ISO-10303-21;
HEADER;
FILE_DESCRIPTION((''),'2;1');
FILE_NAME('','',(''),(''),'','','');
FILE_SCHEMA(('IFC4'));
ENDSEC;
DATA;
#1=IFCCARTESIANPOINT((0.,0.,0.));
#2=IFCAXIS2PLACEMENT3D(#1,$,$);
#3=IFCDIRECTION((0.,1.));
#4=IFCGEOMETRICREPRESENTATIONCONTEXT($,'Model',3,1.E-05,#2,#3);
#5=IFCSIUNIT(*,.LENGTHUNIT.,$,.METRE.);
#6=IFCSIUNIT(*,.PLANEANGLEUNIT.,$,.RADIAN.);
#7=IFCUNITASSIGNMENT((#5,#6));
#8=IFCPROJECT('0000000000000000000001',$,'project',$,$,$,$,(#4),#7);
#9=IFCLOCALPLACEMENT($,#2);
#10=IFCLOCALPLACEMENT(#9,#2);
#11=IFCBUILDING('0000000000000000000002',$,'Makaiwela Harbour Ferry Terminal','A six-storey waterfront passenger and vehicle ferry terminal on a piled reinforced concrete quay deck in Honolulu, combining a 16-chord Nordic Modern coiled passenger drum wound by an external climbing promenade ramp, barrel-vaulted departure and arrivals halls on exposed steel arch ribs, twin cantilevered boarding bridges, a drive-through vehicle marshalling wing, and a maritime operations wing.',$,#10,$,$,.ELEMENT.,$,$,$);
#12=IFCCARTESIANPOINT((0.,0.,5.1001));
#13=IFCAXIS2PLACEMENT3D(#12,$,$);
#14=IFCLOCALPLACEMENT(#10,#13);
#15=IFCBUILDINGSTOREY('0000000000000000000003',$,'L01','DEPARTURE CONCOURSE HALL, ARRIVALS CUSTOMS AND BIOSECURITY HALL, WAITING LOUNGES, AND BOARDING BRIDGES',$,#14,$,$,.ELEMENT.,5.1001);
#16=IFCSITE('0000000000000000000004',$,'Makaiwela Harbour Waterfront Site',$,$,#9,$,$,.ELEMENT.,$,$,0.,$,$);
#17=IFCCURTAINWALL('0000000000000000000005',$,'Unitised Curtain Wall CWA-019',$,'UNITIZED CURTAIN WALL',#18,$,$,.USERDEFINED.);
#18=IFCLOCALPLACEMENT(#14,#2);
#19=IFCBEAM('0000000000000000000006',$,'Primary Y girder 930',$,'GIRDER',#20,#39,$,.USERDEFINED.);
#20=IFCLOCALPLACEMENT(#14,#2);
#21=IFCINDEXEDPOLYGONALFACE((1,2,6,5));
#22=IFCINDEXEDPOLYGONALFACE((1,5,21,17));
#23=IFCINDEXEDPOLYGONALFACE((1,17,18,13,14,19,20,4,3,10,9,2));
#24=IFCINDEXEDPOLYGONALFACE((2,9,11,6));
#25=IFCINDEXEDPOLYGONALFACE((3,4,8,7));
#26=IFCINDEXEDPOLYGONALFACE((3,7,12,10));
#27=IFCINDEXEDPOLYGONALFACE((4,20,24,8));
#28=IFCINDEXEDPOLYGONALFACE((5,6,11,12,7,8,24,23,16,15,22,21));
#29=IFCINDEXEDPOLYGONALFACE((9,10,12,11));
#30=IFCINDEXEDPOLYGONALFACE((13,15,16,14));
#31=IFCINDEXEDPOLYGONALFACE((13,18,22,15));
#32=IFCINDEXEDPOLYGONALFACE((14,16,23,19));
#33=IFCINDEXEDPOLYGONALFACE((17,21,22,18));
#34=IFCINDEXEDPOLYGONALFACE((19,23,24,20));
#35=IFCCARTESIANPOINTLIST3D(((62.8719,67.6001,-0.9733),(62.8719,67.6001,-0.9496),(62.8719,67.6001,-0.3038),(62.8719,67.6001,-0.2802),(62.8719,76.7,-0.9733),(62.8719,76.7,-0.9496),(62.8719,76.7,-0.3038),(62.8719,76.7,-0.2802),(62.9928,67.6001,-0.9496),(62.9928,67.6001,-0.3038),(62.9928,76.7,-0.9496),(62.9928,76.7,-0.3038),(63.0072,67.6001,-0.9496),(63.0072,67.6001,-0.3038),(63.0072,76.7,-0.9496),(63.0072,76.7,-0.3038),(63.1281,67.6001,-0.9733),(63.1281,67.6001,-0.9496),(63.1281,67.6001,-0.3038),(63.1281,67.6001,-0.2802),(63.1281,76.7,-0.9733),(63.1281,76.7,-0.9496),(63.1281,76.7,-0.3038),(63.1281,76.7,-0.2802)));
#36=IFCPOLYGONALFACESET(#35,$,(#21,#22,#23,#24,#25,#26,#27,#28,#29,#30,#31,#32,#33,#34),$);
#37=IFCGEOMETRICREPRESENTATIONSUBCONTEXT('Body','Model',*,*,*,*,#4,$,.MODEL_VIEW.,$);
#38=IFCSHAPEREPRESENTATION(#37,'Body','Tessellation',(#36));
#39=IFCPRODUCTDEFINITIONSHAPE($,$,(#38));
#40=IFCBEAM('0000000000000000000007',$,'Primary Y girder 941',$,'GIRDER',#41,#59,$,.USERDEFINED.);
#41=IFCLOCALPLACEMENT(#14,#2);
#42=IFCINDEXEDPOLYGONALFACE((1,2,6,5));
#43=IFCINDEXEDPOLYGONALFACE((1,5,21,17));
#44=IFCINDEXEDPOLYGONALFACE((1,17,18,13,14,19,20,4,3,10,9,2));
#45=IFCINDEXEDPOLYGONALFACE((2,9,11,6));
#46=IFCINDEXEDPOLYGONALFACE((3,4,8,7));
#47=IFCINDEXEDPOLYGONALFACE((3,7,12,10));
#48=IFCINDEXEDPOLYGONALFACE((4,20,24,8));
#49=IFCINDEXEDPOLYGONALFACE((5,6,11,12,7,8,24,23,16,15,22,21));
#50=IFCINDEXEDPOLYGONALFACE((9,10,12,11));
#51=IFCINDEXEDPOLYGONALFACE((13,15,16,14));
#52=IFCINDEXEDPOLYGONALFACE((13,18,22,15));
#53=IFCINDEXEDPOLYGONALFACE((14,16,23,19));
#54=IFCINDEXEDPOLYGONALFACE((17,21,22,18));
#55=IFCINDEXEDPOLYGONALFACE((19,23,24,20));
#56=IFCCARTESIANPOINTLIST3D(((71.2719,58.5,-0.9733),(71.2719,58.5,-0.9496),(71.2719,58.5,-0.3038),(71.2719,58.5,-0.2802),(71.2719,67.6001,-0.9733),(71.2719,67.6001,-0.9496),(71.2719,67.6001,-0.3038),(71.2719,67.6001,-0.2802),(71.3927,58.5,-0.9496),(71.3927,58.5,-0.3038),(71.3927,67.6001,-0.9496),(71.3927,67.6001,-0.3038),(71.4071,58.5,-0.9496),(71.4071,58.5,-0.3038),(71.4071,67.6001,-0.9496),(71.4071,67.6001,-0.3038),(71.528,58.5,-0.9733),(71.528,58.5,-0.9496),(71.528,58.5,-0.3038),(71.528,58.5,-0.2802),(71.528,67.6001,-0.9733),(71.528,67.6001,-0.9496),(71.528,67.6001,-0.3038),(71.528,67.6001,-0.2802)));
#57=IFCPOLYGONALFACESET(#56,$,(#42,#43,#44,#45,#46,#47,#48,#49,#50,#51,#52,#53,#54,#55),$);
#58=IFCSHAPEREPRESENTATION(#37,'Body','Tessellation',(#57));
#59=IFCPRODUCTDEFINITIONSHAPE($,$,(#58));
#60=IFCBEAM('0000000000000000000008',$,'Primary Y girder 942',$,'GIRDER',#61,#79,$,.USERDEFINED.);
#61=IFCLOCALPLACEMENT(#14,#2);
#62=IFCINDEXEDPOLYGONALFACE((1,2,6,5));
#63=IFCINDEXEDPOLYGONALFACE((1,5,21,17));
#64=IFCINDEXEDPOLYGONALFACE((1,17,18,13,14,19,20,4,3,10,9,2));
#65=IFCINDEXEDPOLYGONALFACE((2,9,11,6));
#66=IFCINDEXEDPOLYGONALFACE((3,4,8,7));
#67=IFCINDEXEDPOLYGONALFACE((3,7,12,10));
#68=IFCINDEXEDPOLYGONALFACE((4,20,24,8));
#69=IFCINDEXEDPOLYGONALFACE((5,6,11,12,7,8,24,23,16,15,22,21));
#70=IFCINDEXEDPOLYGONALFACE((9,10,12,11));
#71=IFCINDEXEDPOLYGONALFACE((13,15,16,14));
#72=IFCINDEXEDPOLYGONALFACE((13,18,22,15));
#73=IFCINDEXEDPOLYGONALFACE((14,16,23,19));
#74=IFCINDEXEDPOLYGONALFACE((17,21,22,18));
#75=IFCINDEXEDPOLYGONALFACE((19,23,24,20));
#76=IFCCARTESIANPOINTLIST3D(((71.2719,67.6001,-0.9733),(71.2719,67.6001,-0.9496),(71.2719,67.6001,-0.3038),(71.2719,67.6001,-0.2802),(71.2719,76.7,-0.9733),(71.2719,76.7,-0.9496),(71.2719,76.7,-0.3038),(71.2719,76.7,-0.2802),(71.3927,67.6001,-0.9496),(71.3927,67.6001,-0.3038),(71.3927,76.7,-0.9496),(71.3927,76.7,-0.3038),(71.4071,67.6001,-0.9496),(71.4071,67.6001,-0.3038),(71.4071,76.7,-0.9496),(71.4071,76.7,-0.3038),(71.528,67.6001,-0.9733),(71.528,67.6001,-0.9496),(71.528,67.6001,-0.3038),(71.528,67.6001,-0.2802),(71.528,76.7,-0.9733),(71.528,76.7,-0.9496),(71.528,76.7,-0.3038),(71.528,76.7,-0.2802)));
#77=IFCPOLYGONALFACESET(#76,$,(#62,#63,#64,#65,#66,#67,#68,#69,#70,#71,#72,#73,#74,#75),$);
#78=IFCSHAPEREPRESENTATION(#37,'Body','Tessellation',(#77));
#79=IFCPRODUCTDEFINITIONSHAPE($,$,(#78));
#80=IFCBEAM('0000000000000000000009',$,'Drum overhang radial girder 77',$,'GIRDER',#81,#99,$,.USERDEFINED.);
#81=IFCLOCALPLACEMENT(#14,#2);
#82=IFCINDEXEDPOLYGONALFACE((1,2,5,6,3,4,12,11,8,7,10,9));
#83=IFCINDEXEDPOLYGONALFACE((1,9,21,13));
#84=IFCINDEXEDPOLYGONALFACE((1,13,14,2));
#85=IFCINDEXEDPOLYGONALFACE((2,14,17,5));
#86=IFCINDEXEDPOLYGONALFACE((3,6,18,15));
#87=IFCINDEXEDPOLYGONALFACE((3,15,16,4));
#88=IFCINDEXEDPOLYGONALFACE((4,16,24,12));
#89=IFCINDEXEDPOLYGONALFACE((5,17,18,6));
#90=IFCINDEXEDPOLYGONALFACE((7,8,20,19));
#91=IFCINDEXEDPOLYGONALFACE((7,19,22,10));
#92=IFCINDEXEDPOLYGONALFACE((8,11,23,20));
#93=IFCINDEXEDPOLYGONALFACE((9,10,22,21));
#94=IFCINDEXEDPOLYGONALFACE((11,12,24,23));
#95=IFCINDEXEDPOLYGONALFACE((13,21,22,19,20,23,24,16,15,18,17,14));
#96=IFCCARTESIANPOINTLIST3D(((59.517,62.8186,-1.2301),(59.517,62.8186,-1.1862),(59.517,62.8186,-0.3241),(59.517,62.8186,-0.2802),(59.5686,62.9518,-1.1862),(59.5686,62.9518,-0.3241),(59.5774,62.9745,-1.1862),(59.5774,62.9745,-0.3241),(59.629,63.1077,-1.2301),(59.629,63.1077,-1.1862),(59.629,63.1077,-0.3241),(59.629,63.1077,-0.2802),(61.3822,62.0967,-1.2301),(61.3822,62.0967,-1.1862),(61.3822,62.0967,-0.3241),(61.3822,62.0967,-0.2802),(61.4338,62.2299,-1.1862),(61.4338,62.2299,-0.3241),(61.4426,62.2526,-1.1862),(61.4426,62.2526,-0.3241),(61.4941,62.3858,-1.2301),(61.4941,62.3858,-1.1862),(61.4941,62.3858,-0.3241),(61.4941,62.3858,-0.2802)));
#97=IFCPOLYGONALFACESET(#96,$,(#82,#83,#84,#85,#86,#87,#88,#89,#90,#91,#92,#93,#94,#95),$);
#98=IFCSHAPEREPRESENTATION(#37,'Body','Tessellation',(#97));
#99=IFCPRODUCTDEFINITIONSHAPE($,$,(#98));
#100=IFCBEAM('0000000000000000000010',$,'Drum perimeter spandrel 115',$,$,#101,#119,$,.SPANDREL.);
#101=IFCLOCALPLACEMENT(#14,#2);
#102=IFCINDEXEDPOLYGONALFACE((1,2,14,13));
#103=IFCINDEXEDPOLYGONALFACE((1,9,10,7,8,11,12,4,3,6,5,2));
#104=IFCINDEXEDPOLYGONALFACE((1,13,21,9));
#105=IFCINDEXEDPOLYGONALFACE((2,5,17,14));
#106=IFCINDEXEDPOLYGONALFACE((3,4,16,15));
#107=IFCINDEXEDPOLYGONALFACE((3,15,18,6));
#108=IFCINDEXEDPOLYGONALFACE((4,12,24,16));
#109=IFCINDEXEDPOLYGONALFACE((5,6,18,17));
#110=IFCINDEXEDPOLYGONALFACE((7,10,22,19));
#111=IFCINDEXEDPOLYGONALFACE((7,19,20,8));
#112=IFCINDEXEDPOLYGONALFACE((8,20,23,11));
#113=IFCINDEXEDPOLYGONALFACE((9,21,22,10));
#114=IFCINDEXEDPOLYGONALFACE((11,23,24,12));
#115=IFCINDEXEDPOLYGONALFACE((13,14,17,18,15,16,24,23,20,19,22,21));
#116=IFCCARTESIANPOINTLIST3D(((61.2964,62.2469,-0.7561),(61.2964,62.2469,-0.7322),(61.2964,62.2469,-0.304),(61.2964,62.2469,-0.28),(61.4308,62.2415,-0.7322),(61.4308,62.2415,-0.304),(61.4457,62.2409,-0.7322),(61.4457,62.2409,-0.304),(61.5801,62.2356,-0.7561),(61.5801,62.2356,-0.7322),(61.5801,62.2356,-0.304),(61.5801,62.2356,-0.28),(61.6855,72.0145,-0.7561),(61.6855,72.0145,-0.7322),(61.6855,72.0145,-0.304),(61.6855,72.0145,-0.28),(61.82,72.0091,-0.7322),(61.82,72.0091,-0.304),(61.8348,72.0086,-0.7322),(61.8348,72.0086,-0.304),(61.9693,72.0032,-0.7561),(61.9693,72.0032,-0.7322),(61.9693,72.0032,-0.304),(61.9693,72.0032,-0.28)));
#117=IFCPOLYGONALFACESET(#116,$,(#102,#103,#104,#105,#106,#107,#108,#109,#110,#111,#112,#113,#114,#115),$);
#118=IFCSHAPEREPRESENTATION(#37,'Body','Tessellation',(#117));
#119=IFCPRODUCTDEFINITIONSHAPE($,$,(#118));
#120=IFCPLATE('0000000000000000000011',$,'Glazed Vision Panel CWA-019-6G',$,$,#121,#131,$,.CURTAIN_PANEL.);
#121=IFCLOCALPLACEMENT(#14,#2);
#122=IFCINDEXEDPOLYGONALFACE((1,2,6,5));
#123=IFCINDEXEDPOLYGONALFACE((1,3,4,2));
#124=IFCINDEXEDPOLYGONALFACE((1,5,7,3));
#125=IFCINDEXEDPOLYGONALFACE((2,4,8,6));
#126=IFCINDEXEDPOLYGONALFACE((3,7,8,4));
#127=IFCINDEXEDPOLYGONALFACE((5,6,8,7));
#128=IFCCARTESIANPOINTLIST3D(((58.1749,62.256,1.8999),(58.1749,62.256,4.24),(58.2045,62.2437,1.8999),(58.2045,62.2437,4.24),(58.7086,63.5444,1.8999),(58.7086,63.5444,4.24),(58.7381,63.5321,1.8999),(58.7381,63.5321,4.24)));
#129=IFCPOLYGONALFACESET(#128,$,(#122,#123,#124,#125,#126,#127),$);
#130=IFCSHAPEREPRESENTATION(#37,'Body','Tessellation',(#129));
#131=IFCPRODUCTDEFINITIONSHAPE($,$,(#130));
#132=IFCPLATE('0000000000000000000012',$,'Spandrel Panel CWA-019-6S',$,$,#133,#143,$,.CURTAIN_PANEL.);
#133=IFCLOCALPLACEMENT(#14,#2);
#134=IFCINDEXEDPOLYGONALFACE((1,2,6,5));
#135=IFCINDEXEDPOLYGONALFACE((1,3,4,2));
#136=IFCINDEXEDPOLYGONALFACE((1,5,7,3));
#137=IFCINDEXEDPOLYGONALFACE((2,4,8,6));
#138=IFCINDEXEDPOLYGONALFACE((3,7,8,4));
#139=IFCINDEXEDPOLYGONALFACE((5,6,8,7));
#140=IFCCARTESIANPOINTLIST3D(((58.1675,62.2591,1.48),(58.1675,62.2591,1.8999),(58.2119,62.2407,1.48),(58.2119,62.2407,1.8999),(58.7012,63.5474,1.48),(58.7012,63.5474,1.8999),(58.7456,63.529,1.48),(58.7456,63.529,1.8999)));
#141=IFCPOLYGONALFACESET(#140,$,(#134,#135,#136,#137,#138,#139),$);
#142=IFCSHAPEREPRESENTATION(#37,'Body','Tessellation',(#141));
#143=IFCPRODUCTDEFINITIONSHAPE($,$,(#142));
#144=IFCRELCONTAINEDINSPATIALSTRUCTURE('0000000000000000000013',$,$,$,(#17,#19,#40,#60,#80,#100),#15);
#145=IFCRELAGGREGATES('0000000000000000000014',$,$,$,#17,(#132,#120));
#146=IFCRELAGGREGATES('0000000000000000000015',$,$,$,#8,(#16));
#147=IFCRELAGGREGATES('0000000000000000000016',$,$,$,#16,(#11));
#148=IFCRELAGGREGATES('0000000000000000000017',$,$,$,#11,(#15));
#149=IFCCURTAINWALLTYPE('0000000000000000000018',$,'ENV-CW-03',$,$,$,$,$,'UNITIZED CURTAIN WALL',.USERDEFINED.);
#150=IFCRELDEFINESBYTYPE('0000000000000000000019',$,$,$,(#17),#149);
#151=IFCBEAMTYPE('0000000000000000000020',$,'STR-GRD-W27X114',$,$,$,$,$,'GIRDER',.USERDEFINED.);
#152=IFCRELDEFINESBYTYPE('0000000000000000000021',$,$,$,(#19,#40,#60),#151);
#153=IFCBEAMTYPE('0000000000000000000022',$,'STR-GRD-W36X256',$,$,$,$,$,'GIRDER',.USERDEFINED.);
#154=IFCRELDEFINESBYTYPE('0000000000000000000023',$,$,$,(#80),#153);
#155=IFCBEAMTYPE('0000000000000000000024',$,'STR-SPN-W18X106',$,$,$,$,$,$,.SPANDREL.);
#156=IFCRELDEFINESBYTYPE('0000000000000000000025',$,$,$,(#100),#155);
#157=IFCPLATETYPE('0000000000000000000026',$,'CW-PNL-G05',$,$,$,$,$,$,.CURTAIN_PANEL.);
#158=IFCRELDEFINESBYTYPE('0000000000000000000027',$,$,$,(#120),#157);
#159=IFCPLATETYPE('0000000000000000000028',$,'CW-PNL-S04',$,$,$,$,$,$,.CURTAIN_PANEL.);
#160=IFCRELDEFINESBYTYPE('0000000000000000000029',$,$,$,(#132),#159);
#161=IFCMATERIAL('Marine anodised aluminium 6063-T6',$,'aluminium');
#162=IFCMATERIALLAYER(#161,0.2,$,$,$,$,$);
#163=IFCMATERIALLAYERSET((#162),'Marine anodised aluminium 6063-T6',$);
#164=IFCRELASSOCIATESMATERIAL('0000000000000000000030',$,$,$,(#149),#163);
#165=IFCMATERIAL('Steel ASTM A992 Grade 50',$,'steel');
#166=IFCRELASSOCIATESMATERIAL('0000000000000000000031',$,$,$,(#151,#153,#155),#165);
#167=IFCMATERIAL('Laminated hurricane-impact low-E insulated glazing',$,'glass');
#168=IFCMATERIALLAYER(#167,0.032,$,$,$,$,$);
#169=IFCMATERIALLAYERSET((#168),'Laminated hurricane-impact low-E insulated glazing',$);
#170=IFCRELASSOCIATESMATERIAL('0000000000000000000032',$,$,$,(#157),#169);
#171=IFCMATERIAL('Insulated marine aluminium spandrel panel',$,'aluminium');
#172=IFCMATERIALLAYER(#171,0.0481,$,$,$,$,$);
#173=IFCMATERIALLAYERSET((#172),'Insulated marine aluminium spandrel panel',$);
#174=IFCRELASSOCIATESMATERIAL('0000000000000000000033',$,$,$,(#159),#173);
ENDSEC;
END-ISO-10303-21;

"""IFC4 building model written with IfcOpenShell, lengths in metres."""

from ifc_helpers import new_model, si_unit, direction, frame, origin, origin_2d, place, context, subcontext, project, spatial, rectangle, i_section, extrude, material, layer, layer_set, material_profile, profile_set, type_object, element, aggregate, save


model = new_model("IFC4")

# Units and contexts
model_context = context("Model", 3, precision=1e-05, world=origin(), true_north=direction((0.0, 1.0)))
body_context = subcontext(model_context, "Body", "Model", "MODEL_VIEW")
ifc_project = project(units=[si_unit("LENGTHUNIT", "METRE"), si_unit("PLANEANGLEUNIT", "RADIAN")], contexts=[model_context])

# Site, building, storey
site_placement = place(None, origin())
site = spatial("IfcSite", under=ifc_project, at=site_placement, Name="Makaiwela Harbour Waterfront Site", CompositionType="ELEMENT", RefElevation=0.0)
building_placement = place(site_placement, origin())
building = spatial("IfcBuilding", under=site, at=building_placement, Name="Makaiwela Harbour Ferry Terminal", Description="A six-storey waterfront passenger and vehicle ferry terminal on a piled reinforced concrete quay deck in Honolulu, combining a 16-chord Nordic Modern coiled passenger drum wound by an external climbing promenade ramp, barrel-vaulted departure and arrivals halls on exposed steel arch ribs, twin cantilevered boarding bridges, a drive-through vehicle marshalling wing, and a maritime operations wing.", CompositionType="ELEMENT")
storey_placement = place(building_placement, frame((0.0, 0.0, 5.1001)))
storey = spatial("IfcBuildingStorey", under=building, at=storey_placement, Name="L01", Description="DEPARTURE CONCOURSE HALL, ARRIVALS CUSTOMS AND BIOSECURITY HALL, WAITING LOUNGES, AND BOARDING BRIDGES", CompositionType="ELEMENT", Elevation=5.1001)

# Shared definitions
ifc_material_1 = material(Name="Steel ASTM A992 Grade 50", Category="steel")

# Curtain wall
ifc_material_2 = material(Name="Marine anodised aluminium 6063-T6", Category="aluminium")
ifc_layer_1 = layer(ifc_material_2, 0.2)
ifc_layer_set_1 = layer_set([ifc_layer_1], Name="Marine anodised aluminium 6063-T6")
curtain_wall_type = type_object("IfcCurtainWallType", Name="ENV-CW-03", ElementType="UNITIZED CURTAIN WALL", PredefinedType="USERDEFINED", material=ifc_layer_set_1)
curtain_wall_placement = place(storey_placement, origin())
curtain_wall = element("IfcCurtainWall", 1, at=curtain_wall_placement, inside=storey, type_object=curtain_wall_type, Name="Unitised Curtain Wall CWA-019", ObjectType="UNITIZED CURTAIN WALL", PredefinedType="USERDEFINED")

# Beams
ifc_material_profile_1 = material_profile(ifc_material_1, i_section(OverallWidth=0.2561, OverallDepth=0.6931, WebThickness=0.0144, FlangeThickness=0.0237, at=origin_2d()), Name="W27X114")
ifc_profile_set_1 = profile_set([ifc_material_profile_1], Name="Steel ASTM A992 Grade 50")
beam_type_1 = type_object("IfcBeamType", Name="STR-GRD-W27X114", ElementType="GIRDER", PredefinedType="USERDEFINED", material=ifc_profile_set_1)
beam_1_placement = place(storey_placement, frame((63.0, 67.6001, -0.6267), z_axis=(0.0, 1.0, 0.0), x_axis=(-1.0, 0.0, 0.0)))
element("IfcBeam", 2, at=beam_1_placement, inside=storey, type_object=beam_type_1, Name="Primary Y girder 930", ObjectType="GIRDER", PredefinedType="USERDEFINED", context=body_context, shape_type="SweptSolid", body=[
    extrude(i_section(OverallWidth=0.2561, OverallDepth=0.6931, WebThickness=0.0144, FlangeThickness=0.0237, at=origin_2d()), origin(), (0.0, 0.0, 1.0), 9.0999),
])
beam_2_placement = place(storey_placement, frame((71.3999, 58.5, -0.6267), z_axis=(0.0, 1.0, 0.0), x_axis=(-1.0, 0.0, 0.0)))
element("IfcBeam", 3, at=beam_2_placement, inside=storey, type_object=beam_type_1, Name="Primary Y girder 941", ObjectType="GIRDER", PredefinedType="USERDEFINED", context=body_context, shape_type="SweptSolid", body=[
    extrude(i_section(OverallWidth=0.2561, OverallDepth=0.6931, WebThickness=0.0144, FlangeThickness=0.0237, at=origin_2d()), origin(), (0.0, 0.0, 1.0), 9.1001),
])
beam_3_placement = place(storey_placement, frame((71.3999, 67.6001, -0.6267), z_axis=(0.0, 1.0, 0.0), x_axis=(-1.0, 0.0, 0.0)))
element("IfcBeam", 4, at=beam_3_placement, inside=storey, type_object=beam_type_1, Name="Primary Y girder 942", ObjectType="GIRDER", PredefinedType="USERDEFINED", context=body_context, shape_type="SweptSolid", body=[
    extrude(i_section(OverallWidth=0.2561, OverallDepth=0.6931, WebThickness=0.0144, FlangeThickness=0.0237, at=origin_2d()), origin(), (0.0, 0.0, 1.0), 9.0999),
])
ifc_material_profile_2 = material_profile(ifc_material_1, i_section(OverallWidth=0.3101, OverallDepth=0.95, WebThickness=0.0244, FlangeThickness=0.0439, at=origin_2d()), Name="W36X256")
ifc_profile_set_2 = profile_set([ifc_material_profile_2], Name="Steel ASTM A992 Grade 50")
beam_type_2 = type_object("IfcBeamType", Name="STR-GRD-W36X256", ElementType="GIRDER", PredefinedType="USERDEFINED", material=ifc_profile_set_2)
beam_4_placement = place(storey_placement, frame((59.573, 62.9631, -0.7551), z_axis=(0.932585, -0.36095, 0.0), x_axis=(0.36095, 0.932585, 0.0)))
element("IfcBeam", 5, at=beam_4_placement, inside=storey, type_object=beam_type_2, Name="Drum overhang radial girder 77", ObjectType="GIRDER", PredefinedType="USERDEFINED", context=body_context, shape_type="SweptSolid", body=[
    extrude(i_section(OverallWidth=0.3101, OverallDepth=0.95, WebThickness=0.0244, FlangeThickness=0.0439, at=origin_2d()), origin(), (0.0, 0.0, 1.0), 2.0),
])
ifc_material_profile_3 = material_profile(ifc_material_1, i_section(OverallWidth=0.2839, OverallDepth=0.4761, WebThickness=0.0149, FlangeThickness=0.0239, at=origin_2d()), Name="W18X106")
ifc_profile_set_3 = profile_set([ifc_material_profile_3], Name="Steel ASTM A992 Grade 50")
beam_type_3 = type_object("IfcBeamType", Name="STR-SPN-W18X106", PredefinedType="SPANDREL", material=ifc_profile_set_3)
beam_5_placement = place(storey_placement, frame((61.4382, 62.2412, -0.5181), z_axis=(0.03981, 0.999207, 0.0), x_axis=(-0.999207, 0.03981, 0.0)))
element("IfcBeam", 6, at=beam_5_placement, inside=storey, type_object=beam_type_3, Name="Drum perimeter spandrel 115", PredefinedType="SPANDREL", context=body_context, shape_type="SweptSolid", body=[
    extrude(i_section(OverallWidth=0.2839, OverallDepth=0.4761, WebThickness=0.0149, FlangeThickness=0.0239, at=origin_2d()), origin(), (0.0, 0.0, 1.0), 9.7754),
])

# Plates
ifc_material_3 = material(Name="Laminated hurricane-impact low-E insulated glazing", Category="glass")
ifc_layer_2 = layer(ifc_material_3, 0.032)
ifc_layer_set_2 = layer_set([ifc_layer_2], Name="Laminated hurricane-impact low-E insulated glazing")
plate_type_1 = type_object("IfcPlateType", Name="CW-PNL-G05", PredefinedType="CURTAIN_PANEL", material=ifc_layer_set_2)
plate_1_placement = place(storey_placement, frame((58.4565, 62.894, 1.8999), z_axis=(0.0, 0.0, 1.0), x_axis=(0.382683, 0.92388, 0.0)))
plate_1 = element("IfcPlate", 7, at=plate_1_placement, type_object=plate_type_1, Name="Glazed Vision Panel CWA-019-6G", PredefinedType="CURTAIN_PANEL", context=body_context, shape_type="SweptSolid", body=[
    extrude(rectangle(XDim=1.3945, YDim=0.032, at=origin_2d()), origin(), (0.0, 0.0, 1.0), 2.3401),
])
ifc_material_4 = material(Name="Insulated marine aluminium spandrel panel", Category="aluminium")
ifc_layer_3 = layer(ifc_material_4, 0.0481)
ifc_layer_set_3 = layer_set([ifc_layer_3], Name="Insulated marine aluminium spandrel panel")
plate_type_2 = type_object("IfcPlateType", Name="CW-PNL-S04", PredefinedType="CURTAIN_PANEL", material=ifc_layer_set_3)
plate_2_placement = place(storey_placement, frame((58.4565, 62.894, 1.48), z_axis=(0.0, 0.0, 1.0), x_axis=(0.382683, 0.92388, 0.0)))
plate_2 = element("IfcPlate", 8, at=plate_2_placement, type_object=plate_type_2, Name="Spandrel Panel CWA-019-6S", PredefinedType="CURTAIN_PANEL", context=body_context, shape_type="SweptSolid", body=[
    extrude(rectangle(XDim=1.3945, YDim=0.0481, at=origin_2d()), origin(), (0.0, 0.0, 1.0), 0.4199),
])
aggregate(curtain_wall, [plate_2, plate_1])

save(model, "model.ifc")
